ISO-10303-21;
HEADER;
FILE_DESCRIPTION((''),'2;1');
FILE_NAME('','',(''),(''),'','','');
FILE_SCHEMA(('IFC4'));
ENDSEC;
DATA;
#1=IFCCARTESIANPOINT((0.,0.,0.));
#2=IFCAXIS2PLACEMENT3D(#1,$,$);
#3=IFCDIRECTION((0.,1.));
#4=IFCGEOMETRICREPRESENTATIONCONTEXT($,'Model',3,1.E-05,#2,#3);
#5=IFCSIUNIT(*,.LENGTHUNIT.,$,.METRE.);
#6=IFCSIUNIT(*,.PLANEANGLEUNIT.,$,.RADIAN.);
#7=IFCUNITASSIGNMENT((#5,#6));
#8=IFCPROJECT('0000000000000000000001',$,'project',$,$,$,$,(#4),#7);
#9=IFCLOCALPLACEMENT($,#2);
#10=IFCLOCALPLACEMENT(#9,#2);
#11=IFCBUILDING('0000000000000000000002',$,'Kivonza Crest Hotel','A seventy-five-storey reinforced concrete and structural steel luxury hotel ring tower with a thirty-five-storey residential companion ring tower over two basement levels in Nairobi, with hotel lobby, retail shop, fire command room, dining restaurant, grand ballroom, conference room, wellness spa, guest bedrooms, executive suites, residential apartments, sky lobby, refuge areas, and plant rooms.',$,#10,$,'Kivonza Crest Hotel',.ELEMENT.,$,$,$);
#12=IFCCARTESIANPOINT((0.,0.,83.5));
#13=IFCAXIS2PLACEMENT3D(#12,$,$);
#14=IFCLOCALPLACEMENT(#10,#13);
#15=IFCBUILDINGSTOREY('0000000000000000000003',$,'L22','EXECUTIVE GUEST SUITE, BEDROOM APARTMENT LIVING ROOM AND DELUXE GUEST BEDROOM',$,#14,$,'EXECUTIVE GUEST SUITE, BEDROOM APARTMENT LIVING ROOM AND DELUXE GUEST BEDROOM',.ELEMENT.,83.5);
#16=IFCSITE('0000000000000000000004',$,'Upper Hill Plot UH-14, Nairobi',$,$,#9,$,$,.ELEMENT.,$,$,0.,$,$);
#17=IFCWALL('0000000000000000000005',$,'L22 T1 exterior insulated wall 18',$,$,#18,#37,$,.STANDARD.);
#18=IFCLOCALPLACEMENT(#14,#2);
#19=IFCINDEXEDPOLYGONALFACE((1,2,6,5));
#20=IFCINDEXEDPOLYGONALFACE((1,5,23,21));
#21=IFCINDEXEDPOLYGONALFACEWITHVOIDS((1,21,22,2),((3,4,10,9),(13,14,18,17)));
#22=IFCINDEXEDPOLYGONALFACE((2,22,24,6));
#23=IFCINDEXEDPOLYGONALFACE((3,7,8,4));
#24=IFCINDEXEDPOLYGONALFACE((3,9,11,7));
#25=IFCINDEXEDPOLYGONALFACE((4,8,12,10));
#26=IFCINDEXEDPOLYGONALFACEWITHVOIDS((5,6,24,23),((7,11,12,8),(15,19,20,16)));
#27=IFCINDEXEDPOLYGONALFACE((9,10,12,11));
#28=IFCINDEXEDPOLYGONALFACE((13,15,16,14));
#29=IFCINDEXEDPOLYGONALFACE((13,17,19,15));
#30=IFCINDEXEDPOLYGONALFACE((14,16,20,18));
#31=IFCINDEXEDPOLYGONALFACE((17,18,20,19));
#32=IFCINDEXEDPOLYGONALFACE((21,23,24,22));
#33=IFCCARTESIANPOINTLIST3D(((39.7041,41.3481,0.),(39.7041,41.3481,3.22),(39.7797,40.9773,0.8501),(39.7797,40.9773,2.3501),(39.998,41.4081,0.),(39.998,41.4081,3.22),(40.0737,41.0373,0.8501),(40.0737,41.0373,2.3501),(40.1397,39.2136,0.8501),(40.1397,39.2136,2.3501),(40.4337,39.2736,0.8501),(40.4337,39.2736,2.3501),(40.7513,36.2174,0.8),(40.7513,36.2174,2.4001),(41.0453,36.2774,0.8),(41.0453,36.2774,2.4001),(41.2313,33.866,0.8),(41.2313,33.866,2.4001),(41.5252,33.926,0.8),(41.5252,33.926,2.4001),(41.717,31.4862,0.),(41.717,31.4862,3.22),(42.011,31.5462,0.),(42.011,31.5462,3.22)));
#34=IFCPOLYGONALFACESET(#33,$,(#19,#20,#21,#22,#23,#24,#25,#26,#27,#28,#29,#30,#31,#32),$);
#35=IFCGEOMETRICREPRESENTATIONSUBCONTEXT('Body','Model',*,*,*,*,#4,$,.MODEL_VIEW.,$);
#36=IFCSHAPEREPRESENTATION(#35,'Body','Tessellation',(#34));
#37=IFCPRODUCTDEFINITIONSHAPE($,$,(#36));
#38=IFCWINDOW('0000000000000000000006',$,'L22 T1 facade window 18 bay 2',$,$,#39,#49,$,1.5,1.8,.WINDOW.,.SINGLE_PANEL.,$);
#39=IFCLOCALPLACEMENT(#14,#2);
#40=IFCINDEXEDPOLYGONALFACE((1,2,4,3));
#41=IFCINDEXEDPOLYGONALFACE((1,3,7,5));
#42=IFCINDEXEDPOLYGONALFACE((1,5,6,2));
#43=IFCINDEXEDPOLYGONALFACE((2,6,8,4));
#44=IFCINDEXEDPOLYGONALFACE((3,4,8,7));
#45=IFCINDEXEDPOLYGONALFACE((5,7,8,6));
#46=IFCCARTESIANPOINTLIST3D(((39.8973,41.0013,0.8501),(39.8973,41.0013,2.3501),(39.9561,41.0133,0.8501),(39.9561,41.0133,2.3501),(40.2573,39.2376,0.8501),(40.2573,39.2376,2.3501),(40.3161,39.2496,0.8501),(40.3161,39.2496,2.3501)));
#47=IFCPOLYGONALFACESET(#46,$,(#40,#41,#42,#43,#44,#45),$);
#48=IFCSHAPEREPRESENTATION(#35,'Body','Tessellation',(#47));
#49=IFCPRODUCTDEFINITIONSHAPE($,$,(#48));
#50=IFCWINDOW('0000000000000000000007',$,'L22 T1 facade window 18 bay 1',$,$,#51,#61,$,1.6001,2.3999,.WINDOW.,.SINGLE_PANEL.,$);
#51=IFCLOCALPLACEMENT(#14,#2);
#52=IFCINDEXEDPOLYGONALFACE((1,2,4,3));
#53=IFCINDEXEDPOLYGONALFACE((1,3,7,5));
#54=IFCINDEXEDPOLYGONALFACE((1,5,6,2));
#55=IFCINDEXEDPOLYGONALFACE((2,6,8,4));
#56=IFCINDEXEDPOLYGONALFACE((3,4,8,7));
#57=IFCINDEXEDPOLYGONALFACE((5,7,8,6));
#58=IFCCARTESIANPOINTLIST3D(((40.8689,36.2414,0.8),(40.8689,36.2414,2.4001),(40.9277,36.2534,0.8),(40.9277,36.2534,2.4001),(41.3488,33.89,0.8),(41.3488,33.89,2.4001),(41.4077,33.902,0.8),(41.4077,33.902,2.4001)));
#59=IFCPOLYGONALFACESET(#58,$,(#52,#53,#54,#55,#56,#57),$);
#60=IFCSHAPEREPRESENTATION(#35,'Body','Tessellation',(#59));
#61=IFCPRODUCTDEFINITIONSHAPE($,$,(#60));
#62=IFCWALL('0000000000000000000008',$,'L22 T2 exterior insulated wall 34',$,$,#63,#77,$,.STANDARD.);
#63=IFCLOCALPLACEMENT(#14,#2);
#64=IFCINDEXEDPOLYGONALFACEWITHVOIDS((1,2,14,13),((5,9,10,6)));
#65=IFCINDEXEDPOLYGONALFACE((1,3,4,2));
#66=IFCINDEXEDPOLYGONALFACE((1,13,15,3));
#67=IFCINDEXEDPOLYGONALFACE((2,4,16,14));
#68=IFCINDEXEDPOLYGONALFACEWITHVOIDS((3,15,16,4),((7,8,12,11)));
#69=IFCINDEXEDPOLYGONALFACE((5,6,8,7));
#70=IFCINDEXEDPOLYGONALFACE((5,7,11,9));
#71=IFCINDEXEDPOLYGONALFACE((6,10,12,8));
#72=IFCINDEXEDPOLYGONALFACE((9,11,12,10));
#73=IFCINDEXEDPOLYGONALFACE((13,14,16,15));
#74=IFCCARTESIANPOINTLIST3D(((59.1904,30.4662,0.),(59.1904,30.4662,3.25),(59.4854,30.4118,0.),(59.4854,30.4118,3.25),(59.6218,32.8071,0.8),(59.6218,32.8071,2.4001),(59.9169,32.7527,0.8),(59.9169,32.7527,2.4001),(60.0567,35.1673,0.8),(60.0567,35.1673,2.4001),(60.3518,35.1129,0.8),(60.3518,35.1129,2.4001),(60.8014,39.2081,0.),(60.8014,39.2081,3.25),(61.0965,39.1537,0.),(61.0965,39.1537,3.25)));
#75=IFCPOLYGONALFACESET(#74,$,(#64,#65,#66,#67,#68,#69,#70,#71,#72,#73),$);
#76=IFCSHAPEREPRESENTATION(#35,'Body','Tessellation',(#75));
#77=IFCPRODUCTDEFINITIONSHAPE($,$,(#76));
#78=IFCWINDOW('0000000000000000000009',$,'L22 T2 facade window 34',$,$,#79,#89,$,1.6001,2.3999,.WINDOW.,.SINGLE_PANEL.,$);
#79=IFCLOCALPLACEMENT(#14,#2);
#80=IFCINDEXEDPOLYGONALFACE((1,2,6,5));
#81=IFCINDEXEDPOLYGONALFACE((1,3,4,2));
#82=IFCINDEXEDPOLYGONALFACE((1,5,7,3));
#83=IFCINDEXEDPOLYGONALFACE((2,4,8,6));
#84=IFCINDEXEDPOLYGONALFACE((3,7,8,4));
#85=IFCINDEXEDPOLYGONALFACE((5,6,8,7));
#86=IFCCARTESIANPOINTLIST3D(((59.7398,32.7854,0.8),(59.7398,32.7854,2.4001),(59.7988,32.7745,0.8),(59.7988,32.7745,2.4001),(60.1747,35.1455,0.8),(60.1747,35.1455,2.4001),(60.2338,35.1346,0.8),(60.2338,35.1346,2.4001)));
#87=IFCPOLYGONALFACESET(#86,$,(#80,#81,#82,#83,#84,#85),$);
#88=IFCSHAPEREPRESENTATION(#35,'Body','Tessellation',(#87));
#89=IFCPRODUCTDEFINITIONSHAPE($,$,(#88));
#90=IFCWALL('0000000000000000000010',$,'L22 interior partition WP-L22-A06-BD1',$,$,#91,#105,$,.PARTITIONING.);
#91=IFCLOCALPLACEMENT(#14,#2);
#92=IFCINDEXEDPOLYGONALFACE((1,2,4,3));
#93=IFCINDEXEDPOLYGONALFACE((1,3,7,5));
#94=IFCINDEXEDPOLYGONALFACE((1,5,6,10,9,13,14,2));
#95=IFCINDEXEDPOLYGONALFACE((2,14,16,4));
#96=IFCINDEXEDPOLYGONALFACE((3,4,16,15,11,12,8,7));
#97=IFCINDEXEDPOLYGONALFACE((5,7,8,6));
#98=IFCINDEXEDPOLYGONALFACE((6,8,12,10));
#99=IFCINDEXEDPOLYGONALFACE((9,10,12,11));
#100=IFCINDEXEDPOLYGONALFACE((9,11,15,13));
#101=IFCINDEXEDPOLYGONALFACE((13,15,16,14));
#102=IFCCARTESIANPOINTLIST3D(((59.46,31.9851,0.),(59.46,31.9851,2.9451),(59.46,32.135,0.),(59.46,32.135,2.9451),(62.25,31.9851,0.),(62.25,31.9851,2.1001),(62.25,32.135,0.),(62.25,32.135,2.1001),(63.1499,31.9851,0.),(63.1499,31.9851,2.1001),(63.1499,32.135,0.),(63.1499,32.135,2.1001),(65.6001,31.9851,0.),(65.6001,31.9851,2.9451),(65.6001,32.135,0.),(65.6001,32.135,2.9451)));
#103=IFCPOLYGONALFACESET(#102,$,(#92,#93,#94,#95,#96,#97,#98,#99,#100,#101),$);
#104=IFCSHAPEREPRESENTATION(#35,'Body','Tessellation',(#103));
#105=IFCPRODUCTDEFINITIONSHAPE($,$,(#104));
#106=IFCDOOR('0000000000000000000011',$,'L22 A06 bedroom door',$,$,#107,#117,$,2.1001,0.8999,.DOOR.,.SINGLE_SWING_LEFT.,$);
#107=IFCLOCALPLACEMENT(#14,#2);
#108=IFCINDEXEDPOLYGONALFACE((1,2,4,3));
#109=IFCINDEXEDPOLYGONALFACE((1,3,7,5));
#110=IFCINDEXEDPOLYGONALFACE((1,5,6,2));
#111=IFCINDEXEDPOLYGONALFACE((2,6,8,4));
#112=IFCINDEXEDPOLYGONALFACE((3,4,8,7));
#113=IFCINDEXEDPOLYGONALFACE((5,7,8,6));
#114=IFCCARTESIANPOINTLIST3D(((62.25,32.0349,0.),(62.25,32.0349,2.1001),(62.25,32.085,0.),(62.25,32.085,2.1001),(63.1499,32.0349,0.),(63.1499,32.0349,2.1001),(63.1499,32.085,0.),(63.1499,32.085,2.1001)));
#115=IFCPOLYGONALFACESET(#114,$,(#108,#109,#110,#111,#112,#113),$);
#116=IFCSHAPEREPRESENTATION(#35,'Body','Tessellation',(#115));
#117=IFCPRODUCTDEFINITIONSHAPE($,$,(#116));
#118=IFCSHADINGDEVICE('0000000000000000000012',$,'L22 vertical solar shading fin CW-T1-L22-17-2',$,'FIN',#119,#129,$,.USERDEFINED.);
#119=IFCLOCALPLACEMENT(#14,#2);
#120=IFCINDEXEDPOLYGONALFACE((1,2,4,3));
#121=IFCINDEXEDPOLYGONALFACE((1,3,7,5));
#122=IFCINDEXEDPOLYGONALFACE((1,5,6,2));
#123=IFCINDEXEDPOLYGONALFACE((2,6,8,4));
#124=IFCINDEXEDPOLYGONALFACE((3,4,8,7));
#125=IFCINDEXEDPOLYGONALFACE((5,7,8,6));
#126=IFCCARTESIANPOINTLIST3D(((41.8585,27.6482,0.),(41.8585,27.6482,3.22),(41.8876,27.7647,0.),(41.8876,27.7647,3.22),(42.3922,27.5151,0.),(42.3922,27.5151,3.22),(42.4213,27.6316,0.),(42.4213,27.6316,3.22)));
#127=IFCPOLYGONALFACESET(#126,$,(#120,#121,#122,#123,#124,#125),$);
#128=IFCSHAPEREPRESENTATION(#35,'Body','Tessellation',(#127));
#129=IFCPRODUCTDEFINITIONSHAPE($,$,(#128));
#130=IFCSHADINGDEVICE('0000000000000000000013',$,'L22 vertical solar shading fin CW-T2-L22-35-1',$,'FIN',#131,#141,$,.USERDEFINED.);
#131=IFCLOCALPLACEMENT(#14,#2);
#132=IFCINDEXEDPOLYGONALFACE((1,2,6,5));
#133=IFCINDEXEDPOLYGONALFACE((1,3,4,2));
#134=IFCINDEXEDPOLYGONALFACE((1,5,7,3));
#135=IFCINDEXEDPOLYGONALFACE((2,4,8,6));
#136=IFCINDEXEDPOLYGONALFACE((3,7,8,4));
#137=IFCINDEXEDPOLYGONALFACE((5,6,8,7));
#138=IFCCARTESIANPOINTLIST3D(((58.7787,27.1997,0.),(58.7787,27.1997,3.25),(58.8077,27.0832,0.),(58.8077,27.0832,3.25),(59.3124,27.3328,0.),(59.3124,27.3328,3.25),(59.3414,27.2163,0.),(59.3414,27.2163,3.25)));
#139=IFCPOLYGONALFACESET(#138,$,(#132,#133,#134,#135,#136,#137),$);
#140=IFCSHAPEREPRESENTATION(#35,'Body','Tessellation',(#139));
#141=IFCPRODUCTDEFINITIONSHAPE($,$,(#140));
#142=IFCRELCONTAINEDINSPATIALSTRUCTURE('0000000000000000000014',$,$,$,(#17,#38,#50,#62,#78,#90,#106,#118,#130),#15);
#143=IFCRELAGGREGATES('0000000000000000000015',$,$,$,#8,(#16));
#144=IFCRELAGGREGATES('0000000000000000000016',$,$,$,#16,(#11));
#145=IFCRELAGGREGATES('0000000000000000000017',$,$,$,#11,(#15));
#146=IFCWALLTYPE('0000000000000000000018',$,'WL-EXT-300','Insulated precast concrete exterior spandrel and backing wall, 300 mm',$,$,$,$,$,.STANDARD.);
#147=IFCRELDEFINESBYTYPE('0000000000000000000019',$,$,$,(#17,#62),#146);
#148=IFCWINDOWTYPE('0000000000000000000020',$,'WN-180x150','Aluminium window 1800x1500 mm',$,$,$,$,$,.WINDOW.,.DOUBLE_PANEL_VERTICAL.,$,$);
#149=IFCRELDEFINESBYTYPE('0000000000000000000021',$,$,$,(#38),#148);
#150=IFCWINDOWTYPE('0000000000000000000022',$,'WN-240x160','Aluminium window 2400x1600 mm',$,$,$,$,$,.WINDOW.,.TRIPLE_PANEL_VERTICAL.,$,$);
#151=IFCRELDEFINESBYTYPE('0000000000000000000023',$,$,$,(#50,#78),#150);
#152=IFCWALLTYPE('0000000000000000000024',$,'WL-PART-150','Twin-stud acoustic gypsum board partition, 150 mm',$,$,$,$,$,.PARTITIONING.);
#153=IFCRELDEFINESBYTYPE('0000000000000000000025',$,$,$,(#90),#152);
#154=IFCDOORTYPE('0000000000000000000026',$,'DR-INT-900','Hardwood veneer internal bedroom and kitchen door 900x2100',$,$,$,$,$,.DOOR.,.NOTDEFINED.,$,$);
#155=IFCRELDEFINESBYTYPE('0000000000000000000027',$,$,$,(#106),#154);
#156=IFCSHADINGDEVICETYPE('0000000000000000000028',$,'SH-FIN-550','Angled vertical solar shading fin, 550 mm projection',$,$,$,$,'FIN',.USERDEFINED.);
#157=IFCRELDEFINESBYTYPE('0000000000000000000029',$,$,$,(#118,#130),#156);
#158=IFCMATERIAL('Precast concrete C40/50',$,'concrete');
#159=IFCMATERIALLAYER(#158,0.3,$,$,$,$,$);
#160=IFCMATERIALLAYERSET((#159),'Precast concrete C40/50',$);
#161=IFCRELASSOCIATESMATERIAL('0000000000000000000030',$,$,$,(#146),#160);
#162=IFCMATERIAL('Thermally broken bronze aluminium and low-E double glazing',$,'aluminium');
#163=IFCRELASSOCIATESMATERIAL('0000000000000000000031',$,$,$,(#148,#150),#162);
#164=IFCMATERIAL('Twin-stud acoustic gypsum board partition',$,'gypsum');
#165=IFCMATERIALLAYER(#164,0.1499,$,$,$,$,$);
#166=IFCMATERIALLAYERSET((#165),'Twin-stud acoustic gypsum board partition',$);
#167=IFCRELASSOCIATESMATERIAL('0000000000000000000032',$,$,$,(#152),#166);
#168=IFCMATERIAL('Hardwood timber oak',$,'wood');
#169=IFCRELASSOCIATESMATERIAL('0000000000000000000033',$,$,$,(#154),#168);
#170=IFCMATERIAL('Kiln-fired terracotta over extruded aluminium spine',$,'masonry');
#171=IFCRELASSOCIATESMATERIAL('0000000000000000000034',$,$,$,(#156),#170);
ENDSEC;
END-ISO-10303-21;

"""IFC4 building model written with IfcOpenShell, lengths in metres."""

from ifc_helpers import new_model, si_unit, direction, frame, frame_2d, origin, origin_2d, place, context, subcontext, project, spatial, rectangle, extrude, material, layer, layer_set, type_object, element, fill, save


model = new_model("IFC4")

# Units and contexts
model_context = context("Model", 3, precision=1e-05, world=origin(), true_north=direction((0.0, 1.0)))
body_context = subcontext(model_context, "Body", "Model", "MODEL_VIEW")
ifc_project = project(units=[si_unit("LENGTHUNIT", "METRE"), si_unit("PLANEANGLEUNIT", "RADIAN")], contexts=[model_context])

# Site, building, storey
site_placement = place(None, origin())
site = spatial("IfcSite", under=ifc_project, at=site_placement, Name="Upper Hill Plot UH-14, Nairobi", CompositionType="ELEMENT", RefElevation=0.0)
building_placement = place(site_placement, origin())
building = spatial("IfcBuilding", under=site, at=building_placement, Name="Kivonza Crest Hotel", Description="A seventy-five-storey reinforced concrete and structural steel luxury hotel ring tower with a thirty-five-storey residential companion ring tower over two basement levels in Nairobi, with hotel lobby, retail shop, fire command room, dining restaurant, grand ballroom, conference room, wellness spa, guest bedrooms, executive suites, residential apartments, sky lobby, refuge areas, and plant rooms.", LongName="Kivonza Crest Hotel", CompositionType="ELEMENT")
storey_placement = place(building_placement, frame((0.0, 0.0, 83.5)))
storey = spatial("IfcBuildingStorey", under=building, at=storey_placement, Name="L22", Description="EXECUTIVE GUEST SUITE, BEDROOM APARTMENT LIVING ROOM AND DELUXE GUEST BEDROOM", LongName="EXECUTIVE GUEST SUITE, BEDROOM APARTMENT LIVING ROOM AND DELUXE GUEST BEDROOM", CompositionType="ELEMENT", Elevation=83.5)

# Wall, openings, windows
ifc_material_1 = material(Name="Precast concrete C40/50", Category="concrete")
ifc_layer_1 = layer(ifc_material_1, 0.3)
ifc_layer_set_1 = layer_set([ifc_layer_1], Name="Precast concrete C40/50")
wall_type_1 = type_object("IfcWallType", Name="WL-EXT-300", Description="Insulated precast concrete exterior spandrel and backing wall, 300 mm", PredefinedType="STANDARD", material=ifc_layer_set_1)
wall_1_placement = place(storey_placement, frame((41.864, 31.5161, 0.0), z_axis=(0.0, 0.0, 1.0), x_axis=(-0.199991, 0.979798, 0.0)))
wall_1 = element("IfcWall", 1, at=wall_1_placement, inside=storey, type_object=wall_type_1, Name="L22 T1 exterior insulated wall 18", PredefinedType="STANDARD", context=body_context, shape_type="SweptSolid", body=[
    extrude(rectangle(XDim=10.0652, YDim=0.3, at=frame_2d((5.0327, 0.0))), origin(), (0.0, 0.0, 1.0), 3.22),
])
opening_1_placement = place(wall_1_placement, frame((2.429, 0.0, 0.8)))
opening_1 = element("IfcOpeningElement", 2, at=opening_1_placement, cuts=wall_1, PredefinedType="OPENING", context=body_context, shape_type="SweptSolid", body=[
    extrude(rectangle(XDim=2.3999, YDim=1.6001, at=frame_2d((1.2, 0.8))), frame((0.0, 0.1602, 0.0), z_axis=(0.0, -1.0, 0.0), x_axis=(1.0, 0.0, 0.0)), (0.0, 0.0, 1.0), 0.3201),
])
opening_2_placement = place(wall_1_placement, frame((7.887, 0.0, 0.8501)))
opening_2 = element("IfcOpeningElement", 3, at=opening_2_placement, cuts=wall_1, PredefinedType="OPENING", context=body_context, shape_type="SweptSolid", body=[
    extrude(rectangle(XDim=1.8, YDim=1.5, at=frame_2d((0.8999, 0.75))), frame((0.0, 0.1602, 0.0), z_axis=(0.0, -1.0, 0.0), x_axis=(1.0, 0.0, 0.0)), (0.0, 0.0, 1.0), 0.3201),
])
ifc_material_2 = material(Name="Thermally broken bronze aluminium and low-E double glazing", Category="aluminium")
window_type_1 = type_object("IfcWindowType", Name="WN-180x150", Description="Aluminium window 1800x1500 mm", PartitioningType="DOUBLE_PANEL_VERTICAL", PredefinedType="WINDOW", material=ifc_material_2)
window_1_placement = place(opening_2_placement, origin())
window_1 = element("IfcWindow", 4, at=window_1_placement, inside=storey, type_object=window_type_1, Name="L22 T1 facade window 18 bay 2", OverallHeight=1.5, OverallWidth=1.8, PartitioningType="SINGLE_PANEL", PredefinedType="WINDOW", context=body_context, shape_type="SweptSolid", body=[
    extrude(rectangle(XDim=1.8, YDim=1.5, at=frame_2d((0.8999, 0.75))), frame((0.0, 0.03, 0.0), z_axis=(0.0, -1.0, 0.0), x_axis=(1.0, 0.0, 0.0)), (0.0, 0.0, 1.0), 0.0601),
])
fill(opening_2, window_1)
window_type_2 = type_object("IfcWindowType", Name="WN-240x160", Description="Aluminium window 2400x1600 mm", PartitioningType="TRIPLE_PANEL_VERTICAL", PredefinedType="WINDOW", material=ifc_material_2)
window_2_placement = place(opening_1_placement, origin())
window_2 = element("IfcWindow", 5, at=window_2_placement, inside=storey, type_object=window_type_2, Name="L22 T1 facade window 18 bay 1", OverallHeight=1.6001, OverallWidth=2.3999, PartitioningType="SINGLE_PANEL", PredefinedType="WINDOW", context=body_context, shape_type="SweptSolid", body=[
    extrude(rectangle(XDim=2.3999, YDim=1.6001, at=frame_2d((1.2, 0.8))), frame((0.0, 0.03, 0.0), z_axis=(0.0, -1.0, 0.0), x_axis=(1.0, 0.0, 0.0)), (0.0, 0.0, 1.0), 0.0601),
])
fill(opening_1, window_2)

# Wall, opening, window
wall_2_placement = place(storey_placement, frame((60.949, 39.1809, 0.0), z_axis=(0.0, 0.0, 1.0), x_axis=(-0.181241, -0.983439, 0.0)))
wall_2 = element("IfcWall", 6, at=wall_2_placement, inside=storey, type_object=wall_type_1, Name="L22 T2 exterior insulated wall 34", PredefinedType="STANDARD", context=body_context, shape_type="SweptSolid", body=[
    extrude(rectangle(XDim=8.8892, YDim=0.3, at=frame_2d((4.4446, 0.0))), origin(), (0.0, 0.0, 1.0), 3.25),
])
opening_3_placement = place(wall_2_placement, frame((4.1089, 0.0, 0.8)))
opening_3 = element("IfcOpeningElement", 7, at=opening_3_placement, cuts=wall_2, PredefinedType="OPENING", context=body_context, shape_type="SweptSolid", body=[
    extrude(rectangle(XDim=2.3999, YDim=1.6001, at=frame_2d((1.2, 0.8))), frame((0.0, 0.1602, 0.0), z_axis=(0.0, -1.0, 0.0), x_axis=(1.0, 0.0, 0.0)), (0.0, 0.0, 1.0), 0.3201),
])
window_3_placement = place(opening_3_placement, origin())
window_3 = element("IfcWindow", 8, at=window_3_placement, inside=storey, type_object=window_type_2, Name="L22 T2 facade window 34", OverallHeight=1.6001, OverallWidth=2.3999, PartitioningType="SINGLE_PANEL", PredefinedType="WINDOW", context=body_context, shape_type="SweptSolid", body=[
    extrude(rectangle(XDim=2.3999, YDim=1.6001, at=frame_2d((1.2, 0.8))), frame((0.0, 0.03, 0.0), z_axis=(0.0, -1.0, 0.0), x_axis=(1.0, 0.0, 0.0)), (0.0, 0.0, 1.0), 0.0601),
])
fill(opening_3, window_3)

# Wall, opening, door
ifc_material_3 = material(Name="Twin-stud acoustic gypsum board partition", Category="gypsum")
ifc_layer_2 = layer(ifc_material_3, 0.1499)
ifc_layer_set_2 = layer_set([ifc_layer_2], Name="Twin-stud acoustic gypsum board partition")
wall_type_2 = type_object("IfcWallType", Name="WL-PART-150", Description="Twin-stud acoustic gypsum board partition, 150 mm", PredefinedType="PARTITIONING", material=ifc_layer_set_2)
wall_3_placement = place(storey_placement, frame((59.46, 32.0601, 0.0), z_axis=(0.0, 0.0, 1.0), x_axis=(1.0, 0.0, 0.0)))
wall_3 = element("IfcWall", 9, at=wall_3_placement, inside=storey, type_object=wall_type_2, Name="L22 interior partition WP-L22-A06-BD1", PredefinedType="PARTITIONING", context=body_context, shape_type="SweptSolid", body=[
    extrude(rectangle(XDim=6.1401, YDim=0.1499, at=frame_2d((3.0701, 0.0))), origin(), (0.0, 0.0, 1.0), 2.9451),
])
opening_4_placement = place(wall_3_placement, frame((2.79, 0.0, 0.0)))
opening_4 = element("IfcOpeningElement", 10, at=opening_4_placement, cuts=wall_3, PredefinedType="OPENING", context=body_context, shape_type="SweptSolid", body=[
    extrude(rectangle(XDim=0.8999, YDim=2.1001, at=frame_2d((0.45, 1.05))), frame((0.0, 0.085, 0.0), z_axis=(0.0, -1.0, 0.0), x_axis=(1.0, 0.0, 0.0)), (0.0, 0.0, 1.0), 0.1699),
])
ifc_material_4 = material(Name="Hardwood timber oak", Category="wood")
door_type = type_object("IfcDoorType", Name="DR-INT-900", Description="Hardwood veneer internal bedroom and kitchen door 900x2100", OperationType="NOTDEFINED", PredefinedType="DOOR", material=ifc_material_4)
door_placement = place(opening_4_placement, origin())
door = element("IfcDoor", 11, at=door_placement, inside=storey, type_object=door_type, Name="L22 A06 bedroom door", OperationType="SINGLE_SWING_LEFT", OverallHeight=2.1001, OverallWidth=0.8999, PredefinedType="DOOR", context=body_context, shape_type="SweptSolid", body=[
    extrude(rectangle(XDim=0.8999, YDim=2.1001, at=frame_2d((0.45, 1.05))), frame((0.0, 0.0249, 0.0), z_axis=(0.0, -1.0, 0.0), x_axis=(1.0, 0.0, 0.0)), (0.0, 0.0, 1.0), 0.05),
])
fill(opening_4, door)

# Shading devices
ifc_material_5 = material(Name="Kiln-fired terracotta over extruded aluminium spine", Category="masonry")
shading_device_type = type_object("IfcShadingDeviceType", Name="SH-FIN-550", Description="Angled vertical solar shading fin, 550 mm projection", ElementType="FIN", PredefinedType="USERDEFINED", material=ifc_material_5)
shading_device_1_placement = place(storey_placement, frame((42.1399, 27.6399, 0.0), z_axis=(0.0, 0.0, 1.0), x_axis=(0.241922, 0.970296, 0.0)))
element("IfcShadingDevice", 12, at=shading_device_1_placement, inside=storey, type_object=shading_device_type, Name="L22 vertical solar shading fin CW-T1-L22-17-2", ObjectType="FIN", PredefinedType="USERDEFINED", context=body_context, shape_type="SweptSolid", body=[
    extrude(rectangle(XDim=0.1201, YDim=0.55, at=origin_2d()), origin(), (0.0, 0.0, 1.0), 3.22),
])
shading_device_2_placement = place(storey_placement, frame((59.0601, 27.208, 0.0), z_axis=(0.0, 0.0, 1.0), x_axis=(0.241922, -0.970296, 0.0)))
element("IfcShadingDevice", 13, at=shading_device_2_placement, inside=storey, type_object=shading_device_type, Name="L22 vertical solar shading fin CW-T2-L22-35-1", ObjectType="FIN", PredefinedType="USERDEFINED", context=body_context, shape_type="SweptSolid", body=[
    extrude(rectangle(XDim=0.1201, YDim=0.55, at=origin_2d()), origin(), (0.0, 0.0, 1.0), 3.25),
])

save(model, "model.ifc")
